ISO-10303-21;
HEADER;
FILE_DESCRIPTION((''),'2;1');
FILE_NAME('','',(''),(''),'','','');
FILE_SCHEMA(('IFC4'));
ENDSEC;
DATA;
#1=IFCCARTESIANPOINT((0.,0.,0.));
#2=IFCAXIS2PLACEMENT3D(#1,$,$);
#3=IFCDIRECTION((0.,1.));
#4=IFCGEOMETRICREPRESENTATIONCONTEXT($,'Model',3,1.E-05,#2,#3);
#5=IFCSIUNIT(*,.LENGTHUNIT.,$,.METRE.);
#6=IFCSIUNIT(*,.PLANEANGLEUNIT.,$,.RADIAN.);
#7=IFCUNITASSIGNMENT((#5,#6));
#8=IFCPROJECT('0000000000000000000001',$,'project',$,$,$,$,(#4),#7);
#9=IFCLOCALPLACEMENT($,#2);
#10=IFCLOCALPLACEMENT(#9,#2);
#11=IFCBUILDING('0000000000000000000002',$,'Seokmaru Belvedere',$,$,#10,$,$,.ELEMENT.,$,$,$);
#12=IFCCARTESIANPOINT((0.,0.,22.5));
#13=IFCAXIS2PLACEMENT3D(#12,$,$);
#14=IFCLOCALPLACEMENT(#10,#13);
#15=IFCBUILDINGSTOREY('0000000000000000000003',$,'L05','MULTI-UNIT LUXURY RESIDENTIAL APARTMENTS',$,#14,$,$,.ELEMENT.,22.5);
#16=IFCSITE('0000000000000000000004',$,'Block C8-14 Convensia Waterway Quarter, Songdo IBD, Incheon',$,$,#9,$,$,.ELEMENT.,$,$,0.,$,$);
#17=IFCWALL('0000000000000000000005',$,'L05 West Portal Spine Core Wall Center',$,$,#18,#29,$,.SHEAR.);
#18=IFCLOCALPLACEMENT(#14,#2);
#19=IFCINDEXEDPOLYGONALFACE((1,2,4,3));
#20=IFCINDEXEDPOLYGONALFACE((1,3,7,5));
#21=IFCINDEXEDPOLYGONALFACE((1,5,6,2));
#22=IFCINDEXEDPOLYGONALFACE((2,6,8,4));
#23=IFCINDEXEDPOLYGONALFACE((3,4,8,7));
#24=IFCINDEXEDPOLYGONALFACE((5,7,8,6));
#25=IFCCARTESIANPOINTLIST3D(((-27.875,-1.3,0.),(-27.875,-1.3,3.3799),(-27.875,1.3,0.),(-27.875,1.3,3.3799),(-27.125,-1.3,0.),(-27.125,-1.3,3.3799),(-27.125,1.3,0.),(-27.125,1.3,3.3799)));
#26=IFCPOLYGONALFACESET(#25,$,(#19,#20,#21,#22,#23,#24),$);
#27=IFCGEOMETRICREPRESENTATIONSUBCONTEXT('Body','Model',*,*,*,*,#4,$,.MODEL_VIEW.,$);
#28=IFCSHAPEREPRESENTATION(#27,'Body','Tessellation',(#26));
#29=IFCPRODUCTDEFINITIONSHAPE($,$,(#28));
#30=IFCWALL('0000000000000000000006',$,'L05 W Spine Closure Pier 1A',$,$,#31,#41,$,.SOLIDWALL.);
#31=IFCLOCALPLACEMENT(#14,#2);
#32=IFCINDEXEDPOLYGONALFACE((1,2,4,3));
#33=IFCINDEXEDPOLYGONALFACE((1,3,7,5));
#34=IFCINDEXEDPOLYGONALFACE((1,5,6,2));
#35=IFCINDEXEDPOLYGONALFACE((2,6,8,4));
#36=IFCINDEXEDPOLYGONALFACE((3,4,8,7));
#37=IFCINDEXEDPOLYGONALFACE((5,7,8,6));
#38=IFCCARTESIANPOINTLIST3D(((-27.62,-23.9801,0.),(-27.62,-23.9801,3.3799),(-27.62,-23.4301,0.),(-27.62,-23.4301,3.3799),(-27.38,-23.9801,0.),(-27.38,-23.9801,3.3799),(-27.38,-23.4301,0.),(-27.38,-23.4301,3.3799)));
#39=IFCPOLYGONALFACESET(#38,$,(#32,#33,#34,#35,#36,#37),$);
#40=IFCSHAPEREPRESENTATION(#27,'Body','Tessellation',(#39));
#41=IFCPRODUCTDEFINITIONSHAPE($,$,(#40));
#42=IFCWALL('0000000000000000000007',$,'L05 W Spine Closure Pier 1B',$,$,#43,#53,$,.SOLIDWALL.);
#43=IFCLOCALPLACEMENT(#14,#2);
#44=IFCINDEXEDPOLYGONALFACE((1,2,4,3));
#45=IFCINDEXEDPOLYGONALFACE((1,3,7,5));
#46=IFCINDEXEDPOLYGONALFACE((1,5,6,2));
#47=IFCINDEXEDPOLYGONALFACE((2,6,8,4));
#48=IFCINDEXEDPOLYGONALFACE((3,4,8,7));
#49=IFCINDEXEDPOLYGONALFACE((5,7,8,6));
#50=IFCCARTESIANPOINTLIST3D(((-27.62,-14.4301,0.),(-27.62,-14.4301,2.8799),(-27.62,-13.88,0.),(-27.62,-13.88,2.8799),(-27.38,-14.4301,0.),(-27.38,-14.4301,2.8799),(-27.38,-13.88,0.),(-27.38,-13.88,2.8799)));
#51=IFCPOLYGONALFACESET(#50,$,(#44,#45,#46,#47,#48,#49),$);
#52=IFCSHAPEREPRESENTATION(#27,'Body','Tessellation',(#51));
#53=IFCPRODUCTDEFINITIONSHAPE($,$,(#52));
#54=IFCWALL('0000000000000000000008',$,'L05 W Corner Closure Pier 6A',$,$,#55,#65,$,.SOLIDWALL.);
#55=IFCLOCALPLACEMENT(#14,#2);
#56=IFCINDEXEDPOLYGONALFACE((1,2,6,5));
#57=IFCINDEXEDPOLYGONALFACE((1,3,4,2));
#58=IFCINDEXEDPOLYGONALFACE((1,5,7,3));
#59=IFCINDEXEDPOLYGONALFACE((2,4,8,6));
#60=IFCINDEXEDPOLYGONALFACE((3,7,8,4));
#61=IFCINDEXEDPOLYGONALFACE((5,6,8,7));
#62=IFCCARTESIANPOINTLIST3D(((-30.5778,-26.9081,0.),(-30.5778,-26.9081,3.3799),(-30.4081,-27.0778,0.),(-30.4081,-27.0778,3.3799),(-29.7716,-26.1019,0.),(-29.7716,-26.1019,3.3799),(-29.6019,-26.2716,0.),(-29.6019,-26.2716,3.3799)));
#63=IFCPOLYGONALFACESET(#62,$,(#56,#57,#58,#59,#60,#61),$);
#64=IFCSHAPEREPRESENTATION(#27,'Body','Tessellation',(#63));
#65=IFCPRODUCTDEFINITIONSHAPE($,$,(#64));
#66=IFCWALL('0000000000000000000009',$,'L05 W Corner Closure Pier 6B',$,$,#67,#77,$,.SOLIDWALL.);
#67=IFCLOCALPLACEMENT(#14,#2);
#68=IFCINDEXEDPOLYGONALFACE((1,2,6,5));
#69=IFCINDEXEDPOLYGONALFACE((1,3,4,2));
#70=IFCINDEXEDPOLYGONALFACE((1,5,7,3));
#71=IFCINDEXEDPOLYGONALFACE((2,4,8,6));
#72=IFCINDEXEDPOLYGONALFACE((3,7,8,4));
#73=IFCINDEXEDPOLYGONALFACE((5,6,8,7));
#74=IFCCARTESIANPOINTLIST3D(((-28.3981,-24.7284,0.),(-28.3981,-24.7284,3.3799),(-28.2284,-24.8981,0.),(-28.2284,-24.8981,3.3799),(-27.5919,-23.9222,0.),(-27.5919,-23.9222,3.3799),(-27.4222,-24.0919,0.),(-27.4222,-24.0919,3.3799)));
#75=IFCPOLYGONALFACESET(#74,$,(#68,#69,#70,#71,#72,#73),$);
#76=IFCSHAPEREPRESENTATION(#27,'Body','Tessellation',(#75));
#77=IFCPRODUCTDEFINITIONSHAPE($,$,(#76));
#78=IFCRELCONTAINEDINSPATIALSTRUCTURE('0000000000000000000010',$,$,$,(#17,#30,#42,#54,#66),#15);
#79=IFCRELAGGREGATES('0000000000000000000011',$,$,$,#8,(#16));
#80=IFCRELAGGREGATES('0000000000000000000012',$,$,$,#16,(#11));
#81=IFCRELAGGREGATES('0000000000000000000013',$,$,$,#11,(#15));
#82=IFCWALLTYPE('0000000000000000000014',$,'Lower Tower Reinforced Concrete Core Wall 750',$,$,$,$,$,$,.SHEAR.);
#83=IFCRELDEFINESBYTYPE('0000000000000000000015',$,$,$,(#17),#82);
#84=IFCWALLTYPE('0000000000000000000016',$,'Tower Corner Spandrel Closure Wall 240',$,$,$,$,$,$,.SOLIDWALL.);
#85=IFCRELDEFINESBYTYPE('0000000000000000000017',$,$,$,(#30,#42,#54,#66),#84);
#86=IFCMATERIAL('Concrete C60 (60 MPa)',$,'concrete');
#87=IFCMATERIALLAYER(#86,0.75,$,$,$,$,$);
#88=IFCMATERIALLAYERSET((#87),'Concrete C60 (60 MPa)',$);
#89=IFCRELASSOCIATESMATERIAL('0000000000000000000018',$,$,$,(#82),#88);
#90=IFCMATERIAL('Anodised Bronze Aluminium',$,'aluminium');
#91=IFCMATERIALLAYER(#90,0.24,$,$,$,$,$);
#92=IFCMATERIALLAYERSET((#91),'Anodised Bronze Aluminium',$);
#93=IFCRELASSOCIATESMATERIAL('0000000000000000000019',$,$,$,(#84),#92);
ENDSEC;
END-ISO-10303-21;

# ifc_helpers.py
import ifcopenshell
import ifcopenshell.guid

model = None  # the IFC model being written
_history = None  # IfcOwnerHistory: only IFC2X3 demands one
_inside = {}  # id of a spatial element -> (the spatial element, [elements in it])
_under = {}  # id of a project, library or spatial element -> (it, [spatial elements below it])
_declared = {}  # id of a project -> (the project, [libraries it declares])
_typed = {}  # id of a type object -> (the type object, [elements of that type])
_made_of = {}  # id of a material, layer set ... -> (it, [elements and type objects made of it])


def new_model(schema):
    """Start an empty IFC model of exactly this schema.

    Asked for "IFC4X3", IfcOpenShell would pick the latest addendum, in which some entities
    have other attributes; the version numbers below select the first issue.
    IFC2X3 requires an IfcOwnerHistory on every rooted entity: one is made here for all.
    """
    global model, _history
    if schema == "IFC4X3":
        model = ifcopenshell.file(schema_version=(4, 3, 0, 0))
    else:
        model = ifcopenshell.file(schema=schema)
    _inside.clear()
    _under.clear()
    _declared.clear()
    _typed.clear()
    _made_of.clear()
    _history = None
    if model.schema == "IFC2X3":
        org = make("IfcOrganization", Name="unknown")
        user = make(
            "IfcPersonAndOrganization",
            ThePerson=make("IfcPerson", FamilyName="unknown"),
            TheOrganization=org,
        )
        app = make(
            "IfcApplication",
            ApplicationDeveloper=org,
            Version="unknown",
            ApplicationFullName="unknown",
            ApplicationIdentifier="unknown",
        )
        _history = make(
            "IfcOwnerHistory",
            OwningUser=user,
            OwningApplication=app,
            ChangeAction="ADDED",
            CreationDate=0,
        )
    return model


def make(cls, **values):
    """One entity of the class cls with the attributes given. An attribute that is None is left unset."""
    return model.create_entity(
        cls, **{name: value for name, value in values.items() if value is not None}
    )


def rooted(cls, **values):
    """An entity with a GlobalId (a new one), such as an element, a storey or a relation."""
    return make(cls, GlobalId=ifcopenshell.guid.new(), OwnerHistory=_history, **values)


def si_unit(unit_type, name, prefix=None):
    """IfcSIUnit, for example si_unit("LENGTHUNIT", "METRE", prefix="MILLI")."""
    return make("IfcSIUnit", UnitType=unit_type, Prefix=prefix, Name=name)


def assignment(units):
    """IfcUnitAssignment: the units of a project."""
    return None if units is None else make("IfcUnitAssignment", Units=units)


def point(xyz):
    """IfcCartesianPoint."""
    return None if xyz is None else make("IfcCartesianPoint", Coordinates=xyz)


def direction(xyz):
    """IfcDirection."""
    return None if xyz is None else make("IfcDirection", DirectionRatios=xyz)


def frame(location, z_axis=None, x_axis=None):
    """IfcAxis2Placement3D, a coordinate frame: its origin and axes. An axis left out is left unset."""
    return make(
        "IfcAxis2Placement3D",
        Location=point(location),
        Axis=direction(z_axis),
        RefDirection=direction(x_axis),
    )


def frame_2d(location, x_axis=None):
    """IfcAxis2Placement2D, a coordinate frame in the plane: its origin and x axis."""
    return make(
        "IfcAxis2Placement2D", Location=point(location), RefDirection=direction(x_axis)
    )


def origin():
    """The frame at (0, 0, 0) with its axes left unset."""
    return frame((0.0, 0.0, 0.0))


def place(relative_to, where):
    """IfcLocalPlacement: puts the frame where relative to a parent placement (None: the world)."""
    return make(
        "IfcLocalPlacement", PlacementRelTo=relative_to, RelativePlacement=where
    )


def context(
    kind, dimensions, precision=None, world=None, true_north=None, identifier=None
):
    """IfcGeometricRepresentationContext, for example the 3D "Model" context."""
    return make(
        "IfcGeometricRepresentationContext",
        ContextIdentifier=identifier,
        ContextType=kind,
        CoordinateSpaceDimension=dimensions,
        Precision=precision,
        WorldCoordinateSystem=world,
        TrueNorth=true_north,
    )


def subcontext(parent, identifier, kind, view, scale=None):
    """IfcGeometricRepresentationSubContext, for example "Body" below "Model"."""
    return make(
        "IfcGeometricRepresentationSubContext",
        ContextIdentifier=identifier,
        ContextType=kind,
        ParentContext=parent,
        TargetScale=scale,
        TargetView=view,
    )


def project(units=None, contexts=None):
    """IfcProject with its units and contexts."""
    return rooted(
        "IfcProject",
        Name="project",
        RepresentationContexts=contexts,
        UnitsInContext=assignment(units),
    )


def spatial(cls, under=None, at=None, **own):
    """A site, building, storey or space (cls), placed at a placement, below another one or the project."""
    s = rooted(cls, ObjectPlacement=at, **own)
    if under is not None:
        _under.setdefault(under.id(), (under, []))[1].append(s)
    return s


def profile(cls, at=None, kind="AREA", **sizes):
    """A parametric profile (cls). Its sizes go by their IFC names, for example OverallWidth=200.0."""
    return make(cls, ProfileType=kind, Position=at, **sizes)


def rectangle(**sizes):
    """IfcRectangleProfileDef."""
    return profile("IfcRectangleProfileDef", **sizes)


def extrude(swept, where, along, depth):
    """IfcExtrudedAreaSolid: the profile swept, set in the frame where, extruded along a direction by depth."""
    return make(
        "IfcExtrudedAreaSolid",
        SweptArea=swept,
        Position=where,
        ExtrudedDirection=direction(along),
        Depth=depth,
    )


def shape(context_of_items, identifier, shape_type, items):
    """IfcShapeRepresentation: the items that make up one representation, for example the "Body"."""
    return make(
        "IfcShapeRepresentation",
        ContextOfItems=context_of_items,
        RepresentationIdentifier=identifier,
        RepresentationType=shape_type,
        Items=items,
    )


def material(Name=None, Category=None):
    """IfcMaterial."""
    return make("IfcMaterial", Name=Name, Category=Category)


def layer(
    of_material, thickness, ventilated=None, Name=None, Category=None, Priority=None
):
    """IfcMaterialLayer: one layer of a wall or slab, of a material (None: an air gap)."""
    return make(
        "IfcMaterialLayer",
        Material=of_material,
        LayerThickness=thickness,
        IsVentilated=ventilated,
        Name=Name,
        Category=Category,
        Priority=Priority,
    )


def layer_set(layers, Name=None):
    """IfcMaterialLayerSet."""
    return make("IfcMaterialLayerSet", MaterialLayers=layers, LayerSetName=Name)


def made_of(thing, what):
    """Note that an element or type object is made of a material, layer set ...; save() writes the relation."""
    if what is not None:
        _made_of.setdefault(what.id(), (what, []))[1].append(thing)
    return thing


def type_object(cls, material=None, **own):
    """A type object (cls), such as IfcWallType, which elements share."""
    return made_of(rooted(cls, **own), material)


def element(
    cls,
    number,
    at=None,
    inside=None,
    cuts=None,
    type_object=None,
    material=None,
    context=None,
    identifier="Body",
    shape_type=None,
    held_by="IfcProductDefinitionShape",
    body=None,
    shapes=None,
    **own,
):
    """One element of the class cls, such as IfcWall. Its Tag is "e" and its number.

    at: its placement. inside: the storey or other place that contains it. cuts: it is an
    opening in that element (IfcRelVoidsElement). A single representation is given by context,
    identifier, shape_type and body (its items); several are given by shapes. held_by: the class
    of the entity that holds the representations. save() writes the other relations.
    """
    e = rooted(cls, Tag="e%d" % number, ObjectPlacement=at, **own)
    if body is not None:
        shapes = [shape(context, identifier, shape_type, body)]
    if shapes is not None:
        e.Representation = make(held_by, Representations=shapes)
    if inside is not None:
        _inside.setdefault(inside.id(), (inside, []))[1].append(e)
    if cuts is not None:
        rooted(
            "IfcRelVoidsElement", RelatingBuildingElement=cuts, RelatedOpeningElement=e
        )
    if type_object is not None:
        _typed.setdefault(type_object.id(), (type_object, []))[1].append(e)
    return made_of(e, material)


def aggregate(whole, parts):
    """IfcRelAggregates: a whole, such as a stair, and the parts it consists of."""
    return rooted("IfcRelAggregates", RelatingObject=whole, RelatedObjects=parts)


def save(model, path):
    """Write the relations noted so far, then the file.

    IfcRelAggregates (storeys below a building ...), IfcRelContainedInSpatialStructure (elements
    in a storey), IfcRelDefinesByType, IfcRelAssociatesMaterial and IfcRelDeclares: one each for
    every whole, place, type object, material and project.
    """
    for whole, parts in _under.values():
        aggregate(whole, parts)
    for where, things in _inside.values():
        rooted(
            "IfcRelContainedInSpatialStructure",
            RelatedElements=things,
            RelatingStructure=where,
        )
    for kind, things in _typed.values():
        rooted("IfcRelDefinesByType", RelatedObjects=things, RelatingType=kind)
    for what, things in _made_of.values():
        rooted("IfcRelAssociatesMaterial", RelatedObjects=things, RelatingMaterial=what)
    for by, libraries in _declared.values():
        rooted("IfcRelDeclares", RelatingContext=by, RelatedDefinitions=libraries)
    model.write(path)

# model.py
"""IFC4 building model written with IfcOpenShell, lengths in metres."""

from ifc_helpers import new_model, si_unit, direction, frame, frame_2d, origin, place, context, subcontext, project, spatial, rectangle, extrude, material, layer, layer_set, type_object, element, save


model = new_model("IFC4")

# Units and contexts
model_context = context("Model", 3, precision=1e-05, world=origin(), true_north=direction((0.0, 1.0)))
body_context = subcontext(model_context, "Body", "Model", "MODEL_VIEW")
ifc_project = project(units=[si_unit("LENGTHUNIT", "METRE"), si_unit("PLANEANGLEUNIT", "RADIAN")], contexts=[model_context])

# Site, building, storey
site_placement = place(None, origin())
site = spatial("IfcSite", under=ifc_project, at=site_placement, Name="Block C8-14 Convensia Waterway Quarter, Songdo IBD, Incheon", CompositionType="ELEMENT", RefElevation=0.0)
building_placement = place(site_placement, origin())
building = spatial("IfcBuilding", under=site, at=building_placement, Name="Seokmaru Belvedere", CompositionType="ELEMENT")
storey_placement = place(building_placement, frame((0.0, 0.0, 22.5)))
storey = spatial("IfcBuildingStorey", under=building, at=storey_placement, Name="L05", Description="MULTI-UNIT LUXURY RESIDENTIAL APARTMENTS", CompositionType="ELEMENT", Elevation=22.5)

# Shared definitions
ifc_material_1 = material(Name="Anodised Bronze Aluminium", Category="aluminium")

# Walls
ifc_material_2 = material(Name="Concrete C60 (60 MPa)", Category="concrete")
ifc_layer_1 = layer(ifc_material_2, 0.75)
ifc_layer_set_1 = layer_set([ifc_layer_1], Name="Concrete C60 (60 MPa)")
wall_type_1 = type_object("IfcWallType", Name="Lower Tower Reinforced Concrete Core Wall 750", PredefinedType="SHEAR", material=ifc_layer_set_1)
wall_1_placement = place(storey_placement, frame((-27.5, -1.3, 0.0), z_axis=(0.0, 0.0, 1.0), x_axis=(0.0, 1.0, 0.0)))
element("IfcWall", 1, at=wall_1_placement, inside=storey, type_object=wall_type_1, Name="L05 West Portal Spine Core Wall Center", PredefinedType="SHEAR", context=body_context, shape_type="SweptSolid", body=[
    extrude(rectangle(XDim=2.6001, YDim=0.75, at=frame_2d((1.3, 0.0))), origin(), (0.0, 0.0, 1.0), 3.3799),
])
ifc_layer_2 = layer(ifc_material_1, 0.24)
ifc_layer_set_2 = layer_set([ifc_layer_2], Name="Anodised Bronze Aluminium")
wall_type_2 = type_object("IfcWallType", Name="Tower Corner Spandrel Closure Wall 240", PredefinedType="SOLIDWALL", material=ifc_layer_set_2)
wall_2_placement = place(storey_placement, frame((-27.5, -23.98, 0.0), z_axis=(0.0, 0.0, 1.0), x_axis=(0.0, 1.0, 0.0)))
element("IfcWall", 2, at=wall_2_placement, inside=storey, type_object=wall_type_2, Name="L05 W Spine Closure Pier 1A", PredefinedType="SOLIDWALL", context=body_context, shape_type="SweptSolid", body=[
    extrude(rectangle(XDim=0.55, YDim=0.24, at=frame_2d((0.2749, 0.0))), origin(), (0.0, 0.0, 1.0), 3.3799),
])
wall_3_placement = place(storey_placement, frame((-27.5, -14.4299, 0.0), z_axis=(0.0, 0.0, 1.0), x_axis=(0.0, 1.0, 0.0)))
element("IfcWall", 3, at=wall_3_placement, inside=storey, type_object=wall_type_2, Name="L05 W Spine Closure Pier 1B", PredefinedType="SOLIDWALL", context=body_context, shape_type="SweptSolid", body=[
    extrude(rectangle(XDim=0.55, YDim=0.24, at=frame_2d((0.2749, 0.0))), origin(), (0.0, 0.0, 1.0), 2.8799),
])
for number, where, z_axis, x_axis, name in (
    (4, (-30.4929, -26.9929, 0.0), (0.0, 0.0, 1.0), (0.707107, 0.707107, 0.0), "L05 W Corner Closure Pier 6A"),
    (5, (-28.3132, -24.8132, 0.0), (0.0, 0.0, 1.0), (0.707107, 0.707107, 0.0), "L05 W Corner Closure Pier 6B"),
):
    element("IfcWall", number, at=place(storey_placement, frame(where, z_axis=z_axis, x_axis=x_axis)), inside=storey, type_object=wall_type_2, Name=name, PredefinedType="SOLIDWALL", context=body_context, shape_type="SweptSolid", body=[
        extrude(rectangle(XDim=1.1401, YDim=0.24, at=frame_2d((0.5701, 0.0))), origin(), (0.0, 0.0, 1.0), 3.3799),
    ])

save(model, "model.ifc")
